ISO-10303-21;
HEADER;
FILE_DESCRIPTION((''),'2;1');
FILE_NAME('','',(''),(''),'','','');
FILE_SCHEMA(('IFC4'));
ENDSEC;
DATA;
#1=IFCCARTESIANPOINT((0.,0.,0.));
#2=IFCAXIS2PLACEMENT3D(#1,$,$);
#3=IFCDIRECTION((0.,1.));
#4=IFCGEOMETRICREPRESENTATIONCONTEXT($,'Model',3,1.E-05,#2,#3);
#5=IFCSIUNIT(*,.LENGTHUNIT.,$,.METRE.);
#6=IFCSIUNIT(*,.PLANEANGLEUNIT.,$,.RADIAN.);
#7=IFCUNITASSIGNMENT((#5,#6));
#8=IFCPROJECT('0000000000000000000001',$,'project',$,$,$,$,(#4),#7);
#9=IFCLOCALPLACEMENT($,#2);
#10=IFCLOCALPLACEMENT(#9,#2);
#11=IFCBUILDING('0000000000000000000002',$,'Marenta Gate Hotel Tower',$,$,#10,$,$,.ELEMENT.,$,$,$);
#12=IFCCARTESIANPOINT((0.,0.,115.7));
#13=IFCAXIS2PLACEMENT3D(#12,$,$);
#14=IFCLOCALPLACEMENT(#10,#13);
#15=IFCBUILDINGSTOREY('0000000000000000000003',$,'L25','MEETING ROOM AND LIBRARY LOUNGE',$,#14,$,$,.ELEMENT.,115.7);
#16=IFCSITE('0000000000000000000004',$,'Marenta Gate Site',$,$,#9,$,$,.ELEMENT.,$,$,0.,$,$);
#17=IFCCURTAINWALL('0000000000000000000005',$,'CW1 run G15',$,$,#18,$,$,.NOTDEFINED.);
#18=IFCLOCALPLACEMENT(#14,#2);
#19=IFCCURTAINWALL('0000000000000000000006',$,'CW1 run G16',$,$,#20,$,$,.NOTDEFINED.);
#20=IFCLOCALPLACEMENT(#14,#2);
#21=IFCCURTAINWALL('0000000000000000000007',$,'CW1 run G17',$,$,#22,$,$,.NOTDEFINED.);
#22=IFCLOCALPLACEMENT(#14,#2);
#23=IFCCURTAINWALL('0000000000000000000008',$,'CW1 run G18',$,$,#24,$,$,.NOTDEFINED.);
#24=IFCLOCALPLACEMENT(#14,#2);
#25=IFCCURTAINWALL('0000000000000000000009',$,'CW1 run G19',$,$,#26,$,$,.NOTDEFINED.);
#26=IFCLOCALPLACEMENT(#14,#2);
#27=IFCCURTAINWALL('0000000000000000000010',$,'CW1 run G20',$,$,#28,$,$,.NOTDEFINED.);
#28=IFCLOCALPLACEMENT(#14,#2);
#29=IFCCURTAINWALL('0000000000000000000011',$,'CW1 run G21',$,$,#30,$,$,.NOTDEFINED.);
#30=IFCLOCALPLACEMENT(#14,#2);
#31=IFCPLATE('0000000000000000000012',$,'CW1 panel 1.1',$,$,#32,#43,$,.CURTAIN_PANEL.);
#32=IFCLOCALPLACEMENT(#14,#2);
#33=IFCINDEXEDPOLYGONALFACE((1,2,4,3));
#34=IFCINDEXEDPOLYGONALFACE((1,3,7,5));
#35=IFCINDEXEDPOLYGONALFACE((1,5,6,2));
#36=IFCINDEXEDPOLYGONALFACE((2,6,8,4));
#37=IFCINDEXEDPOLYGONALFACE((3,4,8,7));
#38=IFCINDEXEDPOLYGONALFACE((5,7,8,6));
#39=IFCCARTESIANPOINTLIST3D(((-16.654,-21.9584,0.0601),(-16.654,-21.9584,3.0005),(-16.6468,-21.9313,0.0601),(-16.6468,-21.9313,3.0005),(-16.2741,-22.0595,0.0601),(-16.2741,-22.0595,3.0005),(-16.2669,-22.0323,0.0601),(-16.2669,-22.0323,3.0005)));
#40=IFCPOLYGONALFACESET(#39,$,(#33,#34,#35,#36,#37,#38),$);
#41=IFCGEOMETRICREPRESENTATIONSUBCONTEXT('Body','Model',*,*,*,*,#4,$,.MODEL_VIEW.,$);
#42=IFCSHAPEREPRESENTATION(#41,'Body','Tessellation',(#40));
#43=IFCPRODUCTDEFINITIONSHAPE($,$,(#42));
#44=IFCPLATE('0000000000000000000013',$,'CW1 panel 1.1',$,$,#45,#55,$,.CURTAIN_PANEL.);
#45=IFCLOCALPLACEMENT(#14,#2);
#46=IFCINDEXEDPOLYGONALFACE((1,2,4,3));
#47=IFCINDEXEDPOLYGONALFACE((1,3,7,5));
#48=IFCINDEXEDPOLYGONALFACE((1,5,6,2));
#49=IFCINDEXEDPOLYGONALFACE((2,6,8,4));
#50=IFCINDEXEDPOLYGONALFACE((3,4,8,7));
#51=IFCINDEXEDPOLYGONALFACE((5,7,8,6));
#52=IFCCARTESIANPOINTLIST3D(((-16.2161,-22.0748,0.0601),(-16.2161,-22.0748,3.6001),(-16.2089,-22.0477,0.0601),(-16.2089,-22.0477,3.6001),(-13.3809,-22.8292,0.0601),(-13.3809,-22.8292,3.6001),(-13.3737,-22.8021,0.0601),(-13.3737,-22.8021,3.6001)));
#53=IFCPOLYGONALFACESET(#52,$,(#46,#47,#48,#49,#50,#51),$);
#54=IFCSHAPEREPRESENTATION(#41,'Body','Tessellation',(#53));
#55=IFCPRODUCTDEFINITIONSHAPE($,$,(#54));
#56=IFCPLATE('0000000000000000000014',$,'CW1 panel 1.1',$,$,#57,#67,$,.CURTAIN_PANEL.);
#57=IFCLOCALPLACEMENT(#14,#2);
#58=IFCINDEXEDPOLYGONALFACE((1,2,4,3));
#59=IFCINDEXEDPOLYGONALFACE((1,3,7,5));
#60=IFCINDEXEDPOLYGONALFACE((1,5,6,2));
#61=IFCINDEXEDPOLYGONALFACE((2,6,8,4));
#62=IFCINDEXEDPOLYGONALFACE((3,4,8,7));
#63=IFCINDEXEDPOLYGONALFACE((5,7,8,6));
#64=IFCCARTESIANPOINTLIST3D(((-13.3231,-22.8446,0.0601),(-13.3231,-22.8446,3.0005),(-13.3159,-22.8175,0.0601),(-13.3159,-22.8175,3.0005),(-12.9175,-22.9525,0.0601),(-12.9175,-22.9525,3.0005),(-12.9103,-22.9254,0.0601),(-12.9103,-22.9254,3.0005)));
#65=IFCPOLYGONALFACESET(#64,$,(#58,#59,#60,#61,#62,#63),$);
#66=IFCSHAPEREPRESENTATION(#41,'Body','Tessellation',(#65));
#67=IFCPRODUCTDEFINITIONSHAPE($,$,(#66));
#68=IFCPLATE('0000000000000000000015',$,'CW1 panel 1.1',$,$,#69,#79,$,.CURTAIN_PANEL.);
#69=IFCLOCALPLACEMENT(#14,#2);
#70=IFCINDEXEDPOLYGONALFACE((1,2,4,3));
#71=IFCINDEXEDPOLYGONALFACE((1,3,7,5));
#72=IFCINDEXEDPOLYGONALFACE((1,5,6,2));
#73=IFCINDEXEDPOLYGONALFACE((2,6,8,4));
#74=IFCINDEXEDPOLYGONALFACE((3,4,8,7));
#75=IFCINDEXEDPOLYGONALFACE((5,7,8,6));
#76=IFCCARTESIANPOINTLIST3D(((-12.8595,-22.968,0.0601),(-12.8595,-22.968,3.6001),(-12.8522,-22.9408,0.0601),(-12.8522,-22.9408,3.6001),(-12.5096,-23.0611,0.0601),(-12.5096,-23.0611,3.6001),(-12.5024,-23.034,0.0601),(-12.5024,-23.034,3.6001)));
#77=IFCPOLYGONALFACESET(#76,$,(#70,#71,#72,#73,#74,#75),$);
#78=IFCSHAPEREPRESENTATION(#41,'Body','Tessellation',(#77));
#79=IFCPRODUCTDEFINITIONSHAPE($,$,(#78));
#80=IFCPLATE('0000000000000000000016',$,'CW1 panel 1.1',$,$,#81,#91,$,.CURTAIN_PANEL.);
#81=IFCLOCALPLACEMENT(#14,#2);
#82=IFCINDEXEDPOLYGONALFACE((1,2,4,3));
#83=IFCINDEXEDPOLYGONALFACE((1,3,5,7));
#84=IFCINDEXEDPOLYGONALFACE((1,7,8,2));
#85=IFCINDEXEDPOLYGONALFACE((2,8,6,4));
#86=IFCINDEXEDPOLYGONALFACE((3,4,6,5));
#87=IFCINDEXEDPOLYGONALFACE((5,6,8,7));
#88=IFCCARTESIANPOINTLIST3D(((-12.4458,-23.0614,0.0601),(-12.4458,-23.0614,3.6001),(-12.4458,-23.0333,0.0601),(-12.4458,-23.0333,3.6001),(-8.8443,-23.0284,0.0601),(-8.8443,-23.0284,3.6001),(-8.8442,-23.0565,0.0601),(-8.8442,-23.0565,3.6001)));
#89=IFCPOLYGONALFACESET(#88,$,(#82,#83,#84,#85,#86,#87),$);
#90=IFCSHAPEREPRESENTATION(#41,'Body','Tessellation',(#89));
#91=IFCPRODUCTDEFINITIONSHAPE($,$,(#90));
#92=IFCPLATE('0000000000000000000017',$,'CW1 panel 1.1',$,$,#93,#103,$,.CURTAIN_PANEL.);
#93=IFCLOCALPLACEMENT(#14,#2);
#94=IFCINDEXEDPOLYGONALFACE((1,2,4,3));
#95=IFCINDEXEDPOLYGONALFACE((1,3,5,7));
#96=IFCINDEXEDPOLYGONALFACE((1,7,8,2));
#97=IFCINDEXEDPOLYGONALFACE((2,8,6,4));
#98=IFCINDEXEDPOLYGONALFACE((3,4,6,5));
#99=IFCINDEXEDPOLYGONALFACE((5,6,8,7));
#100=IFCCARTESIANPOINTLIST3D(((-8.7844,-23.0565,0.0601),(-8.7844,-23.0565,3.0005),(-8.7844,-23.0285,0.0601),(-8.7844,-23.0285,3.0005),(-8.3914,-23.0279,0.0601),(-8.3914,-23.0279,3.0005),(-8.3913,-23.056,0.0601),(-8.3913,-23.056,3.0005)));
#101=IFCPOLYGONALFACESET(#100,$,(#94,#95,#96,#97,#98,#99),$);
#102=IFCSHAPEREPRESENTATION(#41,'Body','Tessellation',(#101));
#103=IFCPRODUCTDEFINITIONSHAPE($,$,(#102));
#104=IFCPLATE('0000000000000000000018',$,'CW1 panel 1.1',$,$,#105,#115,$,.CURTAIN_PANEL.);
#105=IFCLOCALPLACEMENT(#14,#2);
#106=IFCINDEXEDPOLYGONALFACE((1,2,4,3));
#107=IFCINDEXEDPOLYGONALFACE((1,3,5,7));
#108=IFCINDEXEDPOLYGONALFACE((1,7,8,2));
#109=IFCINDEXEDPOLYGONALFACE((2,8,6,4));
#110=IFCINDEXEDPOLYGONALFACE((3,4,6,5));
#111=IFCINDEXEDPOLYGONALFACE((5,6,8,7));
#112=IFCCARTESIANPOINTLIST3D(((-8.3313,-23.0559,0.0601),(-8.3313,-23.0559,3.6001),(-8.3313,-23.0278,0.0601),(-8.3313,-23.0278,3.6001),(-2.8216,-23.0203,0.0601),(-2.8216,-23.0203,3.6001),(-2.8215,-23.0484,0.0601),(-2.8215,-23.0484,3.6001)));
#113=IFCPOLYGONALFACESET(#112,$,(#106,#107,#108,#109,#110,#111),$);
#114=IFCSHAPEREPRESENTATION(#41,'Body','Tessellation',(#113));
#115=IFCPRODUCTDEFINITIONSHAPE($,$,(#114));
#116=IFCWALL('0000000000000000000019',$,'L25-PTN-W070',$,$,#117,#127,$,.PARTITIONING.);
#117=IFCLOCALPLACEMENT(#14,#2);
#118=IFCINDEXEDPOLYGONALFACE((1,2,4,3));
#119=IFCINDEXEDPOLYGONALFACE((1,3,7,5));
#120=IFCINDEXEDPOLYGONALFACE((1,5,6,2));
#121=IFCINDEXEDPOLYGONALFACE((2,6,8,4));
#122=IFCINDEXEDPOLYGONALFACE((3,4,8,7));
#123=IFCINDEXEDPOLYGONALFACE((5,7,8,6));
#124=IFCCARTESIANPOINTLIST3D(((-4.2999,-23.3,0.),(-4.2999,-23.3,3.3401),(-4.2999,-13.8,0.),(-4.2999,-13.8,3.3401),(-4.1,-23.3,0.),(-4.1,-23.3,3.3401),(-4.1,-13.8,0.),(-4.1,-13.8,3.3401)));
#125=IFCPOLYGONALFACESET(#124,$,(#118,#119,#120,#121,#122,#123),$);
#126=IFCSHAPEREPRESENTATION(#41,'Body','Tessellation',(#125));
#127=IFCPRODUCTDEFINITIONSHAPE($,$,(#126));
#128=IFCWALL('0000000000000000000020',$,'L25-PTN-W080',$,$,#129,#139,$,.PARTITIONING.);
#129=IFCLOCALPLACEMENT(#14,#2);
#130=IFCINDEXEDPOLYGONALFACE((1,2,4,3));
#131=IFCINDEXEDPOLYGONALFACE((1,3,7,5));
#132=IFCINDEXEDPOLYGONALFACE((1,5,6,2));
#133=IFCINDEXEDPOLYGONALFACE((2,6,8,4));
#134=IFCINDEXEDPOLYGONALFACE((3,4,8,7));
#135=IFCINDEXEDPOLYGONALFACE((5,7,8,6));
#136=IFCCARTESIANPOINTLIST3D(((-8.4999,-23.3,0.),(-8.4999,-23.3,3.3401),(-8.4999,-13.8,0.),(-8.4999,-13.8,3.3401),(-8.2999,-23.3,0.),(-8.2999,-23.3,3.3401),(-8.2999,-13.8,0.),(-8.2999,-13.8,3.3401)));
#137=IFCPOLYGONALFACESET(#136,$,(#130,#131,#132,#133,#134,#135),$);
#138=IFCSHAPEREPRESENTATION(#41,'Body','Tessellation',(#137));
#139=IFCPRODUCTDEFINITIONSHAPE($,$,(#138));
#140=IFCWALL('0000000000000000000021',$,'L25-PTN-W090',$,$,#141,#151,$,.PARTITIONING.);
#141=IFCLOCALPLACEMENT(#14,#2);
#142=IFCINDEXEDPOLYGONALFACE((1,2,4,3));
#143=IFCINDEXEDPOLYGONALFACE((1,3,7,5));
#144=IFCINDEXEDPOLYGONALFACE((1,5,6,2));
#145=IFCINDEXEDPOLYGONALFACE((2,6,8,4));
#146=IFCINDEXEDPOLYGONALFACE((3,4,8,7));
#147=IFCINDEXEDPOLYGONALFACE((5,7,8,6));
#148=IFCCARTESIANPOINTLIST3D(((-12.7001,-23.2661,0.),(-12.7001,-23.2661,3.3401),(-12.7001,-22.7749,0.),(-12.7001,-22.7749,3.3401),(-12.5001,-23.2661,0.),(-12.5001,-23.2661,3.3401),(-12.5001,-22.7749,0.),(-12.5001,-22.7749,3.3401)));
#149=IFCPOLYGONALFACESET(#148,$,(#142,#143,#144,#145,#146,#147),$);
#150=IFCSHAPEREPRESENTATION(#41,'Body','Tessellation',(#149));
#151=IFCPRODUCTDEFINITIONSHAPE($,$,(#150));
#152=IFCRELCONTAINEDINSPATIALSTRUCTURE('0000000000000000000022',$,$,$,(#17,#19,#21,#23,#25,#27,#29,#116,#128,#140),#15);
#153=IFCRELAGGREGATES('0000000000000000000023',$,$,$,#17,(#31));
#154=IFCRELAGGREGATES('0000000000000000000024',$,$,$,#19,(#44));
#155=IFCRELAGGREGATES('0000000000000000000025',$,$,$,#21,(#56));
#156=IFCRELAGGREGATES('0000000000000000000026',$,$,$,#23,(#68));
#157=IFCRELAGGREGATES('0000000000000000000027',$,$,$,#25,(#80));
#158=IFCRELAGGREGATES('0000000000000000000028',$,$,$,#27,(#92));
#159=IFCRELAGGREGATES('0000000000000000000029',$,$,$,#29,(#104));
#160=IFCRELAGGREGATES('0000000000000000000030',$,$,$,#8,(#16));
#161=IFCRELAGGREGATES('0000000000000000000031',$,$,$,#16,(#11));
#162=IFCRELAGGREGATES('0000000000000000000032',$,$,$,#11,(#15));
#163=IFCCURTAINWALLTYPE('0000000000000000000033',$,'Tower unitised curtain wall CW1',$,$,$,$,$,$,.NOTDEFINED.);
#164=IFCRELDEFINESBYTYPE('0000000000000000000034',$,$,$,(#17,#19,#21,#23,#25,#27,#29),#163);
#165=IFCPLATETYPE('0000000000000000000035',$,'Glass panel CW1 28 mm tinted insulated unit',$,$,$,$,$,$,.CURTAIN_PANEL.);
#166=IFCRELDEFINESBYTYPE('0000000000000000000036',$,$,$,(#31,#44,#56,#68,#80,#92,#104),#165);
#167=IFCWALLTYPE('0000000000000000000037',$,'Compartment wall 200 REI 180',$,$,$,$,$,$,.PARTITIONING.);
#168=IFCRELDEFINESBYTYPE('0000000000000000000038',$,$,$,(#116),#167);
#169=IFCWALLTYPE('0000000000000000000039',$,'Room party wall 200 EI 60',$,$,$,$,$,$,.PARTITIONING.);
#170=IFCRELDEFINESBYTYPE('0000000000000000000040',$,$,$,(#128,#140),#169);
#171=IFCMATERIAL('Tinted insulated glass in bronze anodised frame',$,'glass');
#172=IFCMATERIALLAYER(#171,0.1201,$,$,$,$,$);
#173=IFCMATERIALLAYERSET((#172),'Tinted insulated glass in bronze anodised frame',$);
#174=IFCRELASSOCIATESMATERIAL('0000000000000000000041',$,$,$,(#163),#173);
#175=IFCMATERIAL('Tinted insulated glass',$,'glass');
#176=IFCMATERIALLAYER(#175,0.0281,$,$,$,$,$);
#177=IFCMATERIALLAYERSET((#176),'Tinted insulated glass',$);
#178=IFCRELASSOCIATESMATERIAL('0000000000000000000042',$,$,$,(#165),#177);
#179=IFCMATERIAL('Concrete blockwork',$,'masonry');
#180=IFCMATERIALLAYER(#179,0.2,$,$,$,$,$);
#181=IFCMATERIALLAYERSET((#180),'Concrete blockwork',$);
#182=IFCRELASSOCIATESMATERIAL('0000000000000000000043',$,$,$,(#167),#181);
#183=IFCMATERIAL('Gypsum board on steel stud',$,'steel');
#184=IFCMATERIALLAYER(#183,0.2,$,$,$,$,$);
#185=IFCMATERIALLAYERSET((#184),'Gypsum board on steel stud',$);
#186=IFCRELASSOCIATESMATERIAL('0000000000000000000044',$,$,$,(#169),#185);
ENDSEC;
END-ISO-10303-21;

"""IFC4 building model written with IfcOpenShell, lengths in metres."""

from ifc_helpers import new_model, si_unit, direction, frame, frame_2d, origin, origin_2d, place, context, subcontext, project, spatial, rectangle, extrude, material, layer, layer_set, type_object, element, aggregate, save


model = new_model("IFC4")

# Units and contexts
model_context = context("Model", 3, precision=1e-05, world=origin(), true_north=direction((0.0, 1.0)))
body_context = subcontext(model_context, "Body", "Model", "MODEL_VIEW")
ifc_project = project(units=[si_unit("LENGTHUNIT", "METRE"), si_unit("PLANEANGLEUNIT", "RADIAN")], contexts=[model_context])

# Site, building, storey
site_placement = place(None, origin())
site = spatial("IfcSite", under=ifc_project, at=site_placement, Name="Marenta Gate Site", CompositionType="ELEMENT", RefElevation=0.0)
building_placement = place(site_placement, origin())
building = spatial("IfcBuilding", under=site, at=building_placement, Name="Marenta Gate Hotel Tower", CompositionType="ELEMENT")
storey_placement = place(building_placement, frame((0.0, 0.0, 115.7)))
storey = spatial("IfcBuildingStorey", under=building, at=storey_placement, Name="L25", Description="MEETING ROOM AND LIBRARY LOUNGE", CompositionType="ELEMENT", Elevation=115.7)

# Curtain walls
ifc_material_1 = material(Name="Tinted insulated glass in bronze anodised frame", Category="glass")
ifc_layer_1 = layer(ifc_material_1, 0.1201)
ifc_layer_set_1 = layer_set([ifc_layer_1], Name="Tinted insulated glass in bronze anodised frame")
curtain_wall_type = type_object("IfcCurtainWallType", Name="Tower unitised curtain wall CW1", PredefinedType="NOTDEFINED", material=ifc_layer_set_1)
curtain_wall_1_placement = place(storey_placement, origin())
curtain_wall_1 = element("IfcCurtainWall", 1, at=curtain_wall_1_placement, inside=storey, type_object=curtain_wall_type, Name="CW1 run G15", PredefinedType="NOTDEFINED")
curtain_wall_2_placement = place(storey_placement, origin())
curtain_wall_2 = element("IfcCurtainWall", 2, at=curtain_wall_2_placement, inside=storey, type_object=curtain_wall_type, Name="CW1 run G16", PredefinedType="NOTDEFINED")
curtain_wall_3_placement = place(storey_placement, origin())
curtain_wall_3 = element("IfcCurtainWall", 3, at=curtain_wall_3_placement, inside=storey, type_object=curtain_wall_type, Name="CW1 run G17", PredefinedType="NOTDEFINED")
curtain_wall_4_placement = place(storey_placement, origin())
curtain_wall_4 = element("IfcCurtainWall", 4, at=curtain_wall_4_placement, inside=storey, type_object=curtain_wall_type, Name="CW1 run G18", PredefinedType="NOTDEFINED")
curtain_wall_5_placement = place(storey_placement, origin())
curtain_wall_5 = element("IfcCurtainWall", 5, at=curtain_wall_5_placement, inside=storey, type_object=curtain_wall_type, Name="CW1 run G19", PredefinedType="NOTDEFINED")
curtain_wall_6_placement = place(storey_placement, origin())
curtain_wall_6 = element("IfcCurtainWall", 6, at=curtain_wall_6_placement, inside=storey, type_object=curtain_wall_type, Name="CW1 run G20", PredefinedType="NOTDEFINED")

# Curtain wall
curtain_wall_7_placement = place(storey_placement, origin())
curtain_wall_7 = element("IfcCurtainWall", 7, at=curtain_wall_7_placement, inside=storey, type_object=curtain_wall_type, Name="CW1 run G21", PredefinedType="NOTDEFINED")

# Plates
ifc_material_2 = material(Name="Tinted insulated glass", Category="glass")
ifc_layer_2 = layer(ifc_material_2, 0.0281)
ifc_layer_set_2 = layer_set([ifc_layer_2], Name="Tinted insulated glass")
plate_type = type_object("IfcPlateType", Name="Glass panel CW1 28 mm tinted insulated unit", PredefinedType="CURTAIN_PANEL", material=ifc_layer_set_2)
plate_1_placement = place(storey_placement, frame((-16.4604, -21.9954, 0.0601), z_axis=(0.0, 0.0, 1.0), x_axis=(0.96637, -0.257154, 0.0)))
plate_1 = element("IfcPlate", 8, at=plate_1_placement, type_object=plate_type, Name="CW1 panel 1.1", PredefinedType="CURTAIN_PANEL", context=body_context, shape_type="SweptSolid", body=[
    extrude(rectangle(XDim=0.3931, YDim=0.0281, at=origin_2d()), origin(), (0.0, 0.0, 1.0), 2.9404),
])
aggregate(curtain_wall_1, [plate_1])
plate_2_placement = place(storey_placement, frame((-14.7949, -22.4385, 0.0601), z_axis=(0.0, 0.0, 1.0), x_axis=(0.966376, -0.257135, 0.0)))
plate_2 = element("IfcPlate", 9, at=plate_2_placement, type_object=plate_type, Name="CW1 panel 1.1", PredefinedType="CURTAIN_PANEL", context=body_context, shape_type="SweptSolid", body=[
    extrude(rectangle(XDim=2.9338, YDim=0.0281, at=origin_2d()), origin(), (0.0, 0.0, 1.0), 3.54),
])
aggregate(curtain_wall_2, [plate_2])
plate_3_placement = place(storey_placement, frame((-13.1167, -22.885, 0.0601), z_axis=(0.0, 0.0, 1.0), x_axis=(0.966404, -0.257027, 0.0)))
plate_3 = element("IfcPlate", 10, at=plate_3_placement, type_object=plate_type, Name="CW1 panel 1.1", PredefinedType="CURTAIN_PANEL", context=body_context, shape_type="SweptSolid", body=[
    extrude(rectangle(XDim=0.4197, YDim=0.0281, at=origin_2d()), origin(), (0.0, 0.0, 1.0), 2.9404),
])
aggregate(curtain_wall_3, [plate_3])
plate_4_placement = place(storey_placement, frame((-12.6809, -23.001, 0.0601), z_axis=(0.0, 0.0, 1.0), x_axis=(0.966337, -0.257279, 0.0)))
plate_4 = element("IfcPlate", 11, at=plate_4_placement, type_object=plate_type, Name="CW1 panel 1.1", PredefinedType="CURTAIN_PANEL", context=body_context, shape_type="SweptSolid", body=[
    extrude(rectangle(XDim=0.3621, YDim=0.0281, at=origin_2d()), origin(), (0.0, 0.0, 1.0), 3.54),
])
aggregate(curtain_wall_4, [plate_4])
plate_5_placement = place(storey_placement, frame((-10.645, -23.0449, 0.0601), z_axis=(0.0, 0.0, 1.0), x_axis=(0.999999, 0.001366, 0.0)))
plate_5 = element("IfcPlate", 12, at=plate_5_placement, type_object=plate_type, Name="CW1 panel 1.1", PredefinedType="CURTAIN_PANEL", context=body_context, shape_type="SweptSolid", body=[
    extrude(rectangle(XDim=3.6016, YDim=0.0281, at=origin_2d()), origin(), (0.0, 0.0, 1.0), 3.54),
])
aggregate(curtain_wall_5, [plate_5])
plate_6_placement = place(storey_placement, frame((-8.5879, -23.0422, 0.0601), z_axis=(0.0, 0.0, 1.0), x_axis=(0.999999, 0.001325, 0.0)))
plate_6 = element("IfcPlate", 13, at=plate_6_placement, type_object=plate_type, Name="CW1 panel 1.1", PredefinedType="CURTAIN_PANEL", context=body_context, shape_type="SweptSolid", body=[
    extrude(rectangle(XDim=0.3931, YDim=0.0281, at=origin_2d()), origin(), (0.0, 0.0, 1.0), 2.9404),
])
aggregate(curtain_wall_6, [plate_6])
plate_7_placement = place(storey_placement, frame((-5.5764, -23.0381, 0.0601), z_axis=(0.0, 0.0, 1.0), x_axis=(0.999999, 0.001363, 0.0)))
plate_7 = element("IfcPlate", 14, at=plate_7_placement, type_object=plate_type, Name="CW1 panel 1.1", PredefinedType="CURTAIN_PANEL", context=body_context, shape_type="SweptSolid", body=[
    extrude(rectangle(XDim=5.5098, YDim=0.0281, at=origin_2d()), origin(), (0.0, 0.0, 1.0), 3.54),
])
aggregate(curtain_wall_7, [plate_7])

# Walls
ifc_material_3 = material(Name="Concrete blockwork", Category="masonry")
ifc_layer_3 = layer(ifc_material_3, 0.2)
ifc_layer_set_3 = layer_set([ifc_layer_3], Name="Concrete blockwork")
wall_type_1 = type_object("IfcWallType", Name="Compartment wall 200 REI 180", PredefinedType="PARTITIONING", material=ifc_layer_set_3)
wall_1_placement = place(storey_placement, frame((-4.2, -23.3, 0.0), z_axis=(0.0, 0.0, 1.0), x_axis=(0.0, 1.0, 0.0)))
element("IfcWall", 15, at=wall_1_placement, inside=storey, type_object=wall_type_1, Name="L25-PTN-W070", PredefinedType="PARTITIONING", context=body_context, shape_type="SweptSolid", body=[
    extrude(rectangle(XDim=9.5, YDim=0.2, at=frame_2d((4.75, 0.0))), origin(), (0.0, 0.0, 1.0), 3.3401),
])
ifc_material_4 = material(Name="Gypsum board on steel stud", Category="steel")
ifc_layer_4 = layer(ifc_material_4, 0.2)
ifc_layer_set_4 = layer_set([ifc_layer_4], Name="Gypsum board on steel stud")
wall_type_2 = type_object("IfcWallType", Name="Room party wall 200 EI 60", PredefinedType="PARTITIONING", material=ifc_layer_set_4)
wall_2_placement = place(storey_placement, frame((-8.3999, -23.3, 0.0), z_axis=(0.0, 0.0, 1.0), x_axis=(0.0, 1.0, 0.0)))
element("IfcWall", 16, at=wall_2_placement, inside=storey, type_object=wall_type_2, Name="L25-PTN-W080", PredefinedType="PARTITIONING", context=body_context, shape_type="SweptSolid", body=[
    extrude(rectangle(XDim=9.5, YDim=0.2, at=frame_2d((4.75, 0.0))), origin(), (0.0, 0.0, 1.0), 3.3401),
])
wall_3_placement = place(storey_placement, frame((-12.6001, -23.2661, 0.0), z_axis=(0.0, 0.0, 1.0), x_axis=(0.0, 1.0, 0.0)))
element("IfcWall", 17, at=wall_3_placement, inside=storey, type_object=wall_type_2, Name="L25-PTN-W090", PredefinedType="PARTITIONING", context=body_context, shape_type="SweptSolid", body=[
    extrude(rectangle(XDim=0.4912, YDim=0.2, at=frame_2d((0.2456, 0.0))), origin(), (0.0, 0.0, 1.0), 3.3401),
])

save(model, "model.ifc")
